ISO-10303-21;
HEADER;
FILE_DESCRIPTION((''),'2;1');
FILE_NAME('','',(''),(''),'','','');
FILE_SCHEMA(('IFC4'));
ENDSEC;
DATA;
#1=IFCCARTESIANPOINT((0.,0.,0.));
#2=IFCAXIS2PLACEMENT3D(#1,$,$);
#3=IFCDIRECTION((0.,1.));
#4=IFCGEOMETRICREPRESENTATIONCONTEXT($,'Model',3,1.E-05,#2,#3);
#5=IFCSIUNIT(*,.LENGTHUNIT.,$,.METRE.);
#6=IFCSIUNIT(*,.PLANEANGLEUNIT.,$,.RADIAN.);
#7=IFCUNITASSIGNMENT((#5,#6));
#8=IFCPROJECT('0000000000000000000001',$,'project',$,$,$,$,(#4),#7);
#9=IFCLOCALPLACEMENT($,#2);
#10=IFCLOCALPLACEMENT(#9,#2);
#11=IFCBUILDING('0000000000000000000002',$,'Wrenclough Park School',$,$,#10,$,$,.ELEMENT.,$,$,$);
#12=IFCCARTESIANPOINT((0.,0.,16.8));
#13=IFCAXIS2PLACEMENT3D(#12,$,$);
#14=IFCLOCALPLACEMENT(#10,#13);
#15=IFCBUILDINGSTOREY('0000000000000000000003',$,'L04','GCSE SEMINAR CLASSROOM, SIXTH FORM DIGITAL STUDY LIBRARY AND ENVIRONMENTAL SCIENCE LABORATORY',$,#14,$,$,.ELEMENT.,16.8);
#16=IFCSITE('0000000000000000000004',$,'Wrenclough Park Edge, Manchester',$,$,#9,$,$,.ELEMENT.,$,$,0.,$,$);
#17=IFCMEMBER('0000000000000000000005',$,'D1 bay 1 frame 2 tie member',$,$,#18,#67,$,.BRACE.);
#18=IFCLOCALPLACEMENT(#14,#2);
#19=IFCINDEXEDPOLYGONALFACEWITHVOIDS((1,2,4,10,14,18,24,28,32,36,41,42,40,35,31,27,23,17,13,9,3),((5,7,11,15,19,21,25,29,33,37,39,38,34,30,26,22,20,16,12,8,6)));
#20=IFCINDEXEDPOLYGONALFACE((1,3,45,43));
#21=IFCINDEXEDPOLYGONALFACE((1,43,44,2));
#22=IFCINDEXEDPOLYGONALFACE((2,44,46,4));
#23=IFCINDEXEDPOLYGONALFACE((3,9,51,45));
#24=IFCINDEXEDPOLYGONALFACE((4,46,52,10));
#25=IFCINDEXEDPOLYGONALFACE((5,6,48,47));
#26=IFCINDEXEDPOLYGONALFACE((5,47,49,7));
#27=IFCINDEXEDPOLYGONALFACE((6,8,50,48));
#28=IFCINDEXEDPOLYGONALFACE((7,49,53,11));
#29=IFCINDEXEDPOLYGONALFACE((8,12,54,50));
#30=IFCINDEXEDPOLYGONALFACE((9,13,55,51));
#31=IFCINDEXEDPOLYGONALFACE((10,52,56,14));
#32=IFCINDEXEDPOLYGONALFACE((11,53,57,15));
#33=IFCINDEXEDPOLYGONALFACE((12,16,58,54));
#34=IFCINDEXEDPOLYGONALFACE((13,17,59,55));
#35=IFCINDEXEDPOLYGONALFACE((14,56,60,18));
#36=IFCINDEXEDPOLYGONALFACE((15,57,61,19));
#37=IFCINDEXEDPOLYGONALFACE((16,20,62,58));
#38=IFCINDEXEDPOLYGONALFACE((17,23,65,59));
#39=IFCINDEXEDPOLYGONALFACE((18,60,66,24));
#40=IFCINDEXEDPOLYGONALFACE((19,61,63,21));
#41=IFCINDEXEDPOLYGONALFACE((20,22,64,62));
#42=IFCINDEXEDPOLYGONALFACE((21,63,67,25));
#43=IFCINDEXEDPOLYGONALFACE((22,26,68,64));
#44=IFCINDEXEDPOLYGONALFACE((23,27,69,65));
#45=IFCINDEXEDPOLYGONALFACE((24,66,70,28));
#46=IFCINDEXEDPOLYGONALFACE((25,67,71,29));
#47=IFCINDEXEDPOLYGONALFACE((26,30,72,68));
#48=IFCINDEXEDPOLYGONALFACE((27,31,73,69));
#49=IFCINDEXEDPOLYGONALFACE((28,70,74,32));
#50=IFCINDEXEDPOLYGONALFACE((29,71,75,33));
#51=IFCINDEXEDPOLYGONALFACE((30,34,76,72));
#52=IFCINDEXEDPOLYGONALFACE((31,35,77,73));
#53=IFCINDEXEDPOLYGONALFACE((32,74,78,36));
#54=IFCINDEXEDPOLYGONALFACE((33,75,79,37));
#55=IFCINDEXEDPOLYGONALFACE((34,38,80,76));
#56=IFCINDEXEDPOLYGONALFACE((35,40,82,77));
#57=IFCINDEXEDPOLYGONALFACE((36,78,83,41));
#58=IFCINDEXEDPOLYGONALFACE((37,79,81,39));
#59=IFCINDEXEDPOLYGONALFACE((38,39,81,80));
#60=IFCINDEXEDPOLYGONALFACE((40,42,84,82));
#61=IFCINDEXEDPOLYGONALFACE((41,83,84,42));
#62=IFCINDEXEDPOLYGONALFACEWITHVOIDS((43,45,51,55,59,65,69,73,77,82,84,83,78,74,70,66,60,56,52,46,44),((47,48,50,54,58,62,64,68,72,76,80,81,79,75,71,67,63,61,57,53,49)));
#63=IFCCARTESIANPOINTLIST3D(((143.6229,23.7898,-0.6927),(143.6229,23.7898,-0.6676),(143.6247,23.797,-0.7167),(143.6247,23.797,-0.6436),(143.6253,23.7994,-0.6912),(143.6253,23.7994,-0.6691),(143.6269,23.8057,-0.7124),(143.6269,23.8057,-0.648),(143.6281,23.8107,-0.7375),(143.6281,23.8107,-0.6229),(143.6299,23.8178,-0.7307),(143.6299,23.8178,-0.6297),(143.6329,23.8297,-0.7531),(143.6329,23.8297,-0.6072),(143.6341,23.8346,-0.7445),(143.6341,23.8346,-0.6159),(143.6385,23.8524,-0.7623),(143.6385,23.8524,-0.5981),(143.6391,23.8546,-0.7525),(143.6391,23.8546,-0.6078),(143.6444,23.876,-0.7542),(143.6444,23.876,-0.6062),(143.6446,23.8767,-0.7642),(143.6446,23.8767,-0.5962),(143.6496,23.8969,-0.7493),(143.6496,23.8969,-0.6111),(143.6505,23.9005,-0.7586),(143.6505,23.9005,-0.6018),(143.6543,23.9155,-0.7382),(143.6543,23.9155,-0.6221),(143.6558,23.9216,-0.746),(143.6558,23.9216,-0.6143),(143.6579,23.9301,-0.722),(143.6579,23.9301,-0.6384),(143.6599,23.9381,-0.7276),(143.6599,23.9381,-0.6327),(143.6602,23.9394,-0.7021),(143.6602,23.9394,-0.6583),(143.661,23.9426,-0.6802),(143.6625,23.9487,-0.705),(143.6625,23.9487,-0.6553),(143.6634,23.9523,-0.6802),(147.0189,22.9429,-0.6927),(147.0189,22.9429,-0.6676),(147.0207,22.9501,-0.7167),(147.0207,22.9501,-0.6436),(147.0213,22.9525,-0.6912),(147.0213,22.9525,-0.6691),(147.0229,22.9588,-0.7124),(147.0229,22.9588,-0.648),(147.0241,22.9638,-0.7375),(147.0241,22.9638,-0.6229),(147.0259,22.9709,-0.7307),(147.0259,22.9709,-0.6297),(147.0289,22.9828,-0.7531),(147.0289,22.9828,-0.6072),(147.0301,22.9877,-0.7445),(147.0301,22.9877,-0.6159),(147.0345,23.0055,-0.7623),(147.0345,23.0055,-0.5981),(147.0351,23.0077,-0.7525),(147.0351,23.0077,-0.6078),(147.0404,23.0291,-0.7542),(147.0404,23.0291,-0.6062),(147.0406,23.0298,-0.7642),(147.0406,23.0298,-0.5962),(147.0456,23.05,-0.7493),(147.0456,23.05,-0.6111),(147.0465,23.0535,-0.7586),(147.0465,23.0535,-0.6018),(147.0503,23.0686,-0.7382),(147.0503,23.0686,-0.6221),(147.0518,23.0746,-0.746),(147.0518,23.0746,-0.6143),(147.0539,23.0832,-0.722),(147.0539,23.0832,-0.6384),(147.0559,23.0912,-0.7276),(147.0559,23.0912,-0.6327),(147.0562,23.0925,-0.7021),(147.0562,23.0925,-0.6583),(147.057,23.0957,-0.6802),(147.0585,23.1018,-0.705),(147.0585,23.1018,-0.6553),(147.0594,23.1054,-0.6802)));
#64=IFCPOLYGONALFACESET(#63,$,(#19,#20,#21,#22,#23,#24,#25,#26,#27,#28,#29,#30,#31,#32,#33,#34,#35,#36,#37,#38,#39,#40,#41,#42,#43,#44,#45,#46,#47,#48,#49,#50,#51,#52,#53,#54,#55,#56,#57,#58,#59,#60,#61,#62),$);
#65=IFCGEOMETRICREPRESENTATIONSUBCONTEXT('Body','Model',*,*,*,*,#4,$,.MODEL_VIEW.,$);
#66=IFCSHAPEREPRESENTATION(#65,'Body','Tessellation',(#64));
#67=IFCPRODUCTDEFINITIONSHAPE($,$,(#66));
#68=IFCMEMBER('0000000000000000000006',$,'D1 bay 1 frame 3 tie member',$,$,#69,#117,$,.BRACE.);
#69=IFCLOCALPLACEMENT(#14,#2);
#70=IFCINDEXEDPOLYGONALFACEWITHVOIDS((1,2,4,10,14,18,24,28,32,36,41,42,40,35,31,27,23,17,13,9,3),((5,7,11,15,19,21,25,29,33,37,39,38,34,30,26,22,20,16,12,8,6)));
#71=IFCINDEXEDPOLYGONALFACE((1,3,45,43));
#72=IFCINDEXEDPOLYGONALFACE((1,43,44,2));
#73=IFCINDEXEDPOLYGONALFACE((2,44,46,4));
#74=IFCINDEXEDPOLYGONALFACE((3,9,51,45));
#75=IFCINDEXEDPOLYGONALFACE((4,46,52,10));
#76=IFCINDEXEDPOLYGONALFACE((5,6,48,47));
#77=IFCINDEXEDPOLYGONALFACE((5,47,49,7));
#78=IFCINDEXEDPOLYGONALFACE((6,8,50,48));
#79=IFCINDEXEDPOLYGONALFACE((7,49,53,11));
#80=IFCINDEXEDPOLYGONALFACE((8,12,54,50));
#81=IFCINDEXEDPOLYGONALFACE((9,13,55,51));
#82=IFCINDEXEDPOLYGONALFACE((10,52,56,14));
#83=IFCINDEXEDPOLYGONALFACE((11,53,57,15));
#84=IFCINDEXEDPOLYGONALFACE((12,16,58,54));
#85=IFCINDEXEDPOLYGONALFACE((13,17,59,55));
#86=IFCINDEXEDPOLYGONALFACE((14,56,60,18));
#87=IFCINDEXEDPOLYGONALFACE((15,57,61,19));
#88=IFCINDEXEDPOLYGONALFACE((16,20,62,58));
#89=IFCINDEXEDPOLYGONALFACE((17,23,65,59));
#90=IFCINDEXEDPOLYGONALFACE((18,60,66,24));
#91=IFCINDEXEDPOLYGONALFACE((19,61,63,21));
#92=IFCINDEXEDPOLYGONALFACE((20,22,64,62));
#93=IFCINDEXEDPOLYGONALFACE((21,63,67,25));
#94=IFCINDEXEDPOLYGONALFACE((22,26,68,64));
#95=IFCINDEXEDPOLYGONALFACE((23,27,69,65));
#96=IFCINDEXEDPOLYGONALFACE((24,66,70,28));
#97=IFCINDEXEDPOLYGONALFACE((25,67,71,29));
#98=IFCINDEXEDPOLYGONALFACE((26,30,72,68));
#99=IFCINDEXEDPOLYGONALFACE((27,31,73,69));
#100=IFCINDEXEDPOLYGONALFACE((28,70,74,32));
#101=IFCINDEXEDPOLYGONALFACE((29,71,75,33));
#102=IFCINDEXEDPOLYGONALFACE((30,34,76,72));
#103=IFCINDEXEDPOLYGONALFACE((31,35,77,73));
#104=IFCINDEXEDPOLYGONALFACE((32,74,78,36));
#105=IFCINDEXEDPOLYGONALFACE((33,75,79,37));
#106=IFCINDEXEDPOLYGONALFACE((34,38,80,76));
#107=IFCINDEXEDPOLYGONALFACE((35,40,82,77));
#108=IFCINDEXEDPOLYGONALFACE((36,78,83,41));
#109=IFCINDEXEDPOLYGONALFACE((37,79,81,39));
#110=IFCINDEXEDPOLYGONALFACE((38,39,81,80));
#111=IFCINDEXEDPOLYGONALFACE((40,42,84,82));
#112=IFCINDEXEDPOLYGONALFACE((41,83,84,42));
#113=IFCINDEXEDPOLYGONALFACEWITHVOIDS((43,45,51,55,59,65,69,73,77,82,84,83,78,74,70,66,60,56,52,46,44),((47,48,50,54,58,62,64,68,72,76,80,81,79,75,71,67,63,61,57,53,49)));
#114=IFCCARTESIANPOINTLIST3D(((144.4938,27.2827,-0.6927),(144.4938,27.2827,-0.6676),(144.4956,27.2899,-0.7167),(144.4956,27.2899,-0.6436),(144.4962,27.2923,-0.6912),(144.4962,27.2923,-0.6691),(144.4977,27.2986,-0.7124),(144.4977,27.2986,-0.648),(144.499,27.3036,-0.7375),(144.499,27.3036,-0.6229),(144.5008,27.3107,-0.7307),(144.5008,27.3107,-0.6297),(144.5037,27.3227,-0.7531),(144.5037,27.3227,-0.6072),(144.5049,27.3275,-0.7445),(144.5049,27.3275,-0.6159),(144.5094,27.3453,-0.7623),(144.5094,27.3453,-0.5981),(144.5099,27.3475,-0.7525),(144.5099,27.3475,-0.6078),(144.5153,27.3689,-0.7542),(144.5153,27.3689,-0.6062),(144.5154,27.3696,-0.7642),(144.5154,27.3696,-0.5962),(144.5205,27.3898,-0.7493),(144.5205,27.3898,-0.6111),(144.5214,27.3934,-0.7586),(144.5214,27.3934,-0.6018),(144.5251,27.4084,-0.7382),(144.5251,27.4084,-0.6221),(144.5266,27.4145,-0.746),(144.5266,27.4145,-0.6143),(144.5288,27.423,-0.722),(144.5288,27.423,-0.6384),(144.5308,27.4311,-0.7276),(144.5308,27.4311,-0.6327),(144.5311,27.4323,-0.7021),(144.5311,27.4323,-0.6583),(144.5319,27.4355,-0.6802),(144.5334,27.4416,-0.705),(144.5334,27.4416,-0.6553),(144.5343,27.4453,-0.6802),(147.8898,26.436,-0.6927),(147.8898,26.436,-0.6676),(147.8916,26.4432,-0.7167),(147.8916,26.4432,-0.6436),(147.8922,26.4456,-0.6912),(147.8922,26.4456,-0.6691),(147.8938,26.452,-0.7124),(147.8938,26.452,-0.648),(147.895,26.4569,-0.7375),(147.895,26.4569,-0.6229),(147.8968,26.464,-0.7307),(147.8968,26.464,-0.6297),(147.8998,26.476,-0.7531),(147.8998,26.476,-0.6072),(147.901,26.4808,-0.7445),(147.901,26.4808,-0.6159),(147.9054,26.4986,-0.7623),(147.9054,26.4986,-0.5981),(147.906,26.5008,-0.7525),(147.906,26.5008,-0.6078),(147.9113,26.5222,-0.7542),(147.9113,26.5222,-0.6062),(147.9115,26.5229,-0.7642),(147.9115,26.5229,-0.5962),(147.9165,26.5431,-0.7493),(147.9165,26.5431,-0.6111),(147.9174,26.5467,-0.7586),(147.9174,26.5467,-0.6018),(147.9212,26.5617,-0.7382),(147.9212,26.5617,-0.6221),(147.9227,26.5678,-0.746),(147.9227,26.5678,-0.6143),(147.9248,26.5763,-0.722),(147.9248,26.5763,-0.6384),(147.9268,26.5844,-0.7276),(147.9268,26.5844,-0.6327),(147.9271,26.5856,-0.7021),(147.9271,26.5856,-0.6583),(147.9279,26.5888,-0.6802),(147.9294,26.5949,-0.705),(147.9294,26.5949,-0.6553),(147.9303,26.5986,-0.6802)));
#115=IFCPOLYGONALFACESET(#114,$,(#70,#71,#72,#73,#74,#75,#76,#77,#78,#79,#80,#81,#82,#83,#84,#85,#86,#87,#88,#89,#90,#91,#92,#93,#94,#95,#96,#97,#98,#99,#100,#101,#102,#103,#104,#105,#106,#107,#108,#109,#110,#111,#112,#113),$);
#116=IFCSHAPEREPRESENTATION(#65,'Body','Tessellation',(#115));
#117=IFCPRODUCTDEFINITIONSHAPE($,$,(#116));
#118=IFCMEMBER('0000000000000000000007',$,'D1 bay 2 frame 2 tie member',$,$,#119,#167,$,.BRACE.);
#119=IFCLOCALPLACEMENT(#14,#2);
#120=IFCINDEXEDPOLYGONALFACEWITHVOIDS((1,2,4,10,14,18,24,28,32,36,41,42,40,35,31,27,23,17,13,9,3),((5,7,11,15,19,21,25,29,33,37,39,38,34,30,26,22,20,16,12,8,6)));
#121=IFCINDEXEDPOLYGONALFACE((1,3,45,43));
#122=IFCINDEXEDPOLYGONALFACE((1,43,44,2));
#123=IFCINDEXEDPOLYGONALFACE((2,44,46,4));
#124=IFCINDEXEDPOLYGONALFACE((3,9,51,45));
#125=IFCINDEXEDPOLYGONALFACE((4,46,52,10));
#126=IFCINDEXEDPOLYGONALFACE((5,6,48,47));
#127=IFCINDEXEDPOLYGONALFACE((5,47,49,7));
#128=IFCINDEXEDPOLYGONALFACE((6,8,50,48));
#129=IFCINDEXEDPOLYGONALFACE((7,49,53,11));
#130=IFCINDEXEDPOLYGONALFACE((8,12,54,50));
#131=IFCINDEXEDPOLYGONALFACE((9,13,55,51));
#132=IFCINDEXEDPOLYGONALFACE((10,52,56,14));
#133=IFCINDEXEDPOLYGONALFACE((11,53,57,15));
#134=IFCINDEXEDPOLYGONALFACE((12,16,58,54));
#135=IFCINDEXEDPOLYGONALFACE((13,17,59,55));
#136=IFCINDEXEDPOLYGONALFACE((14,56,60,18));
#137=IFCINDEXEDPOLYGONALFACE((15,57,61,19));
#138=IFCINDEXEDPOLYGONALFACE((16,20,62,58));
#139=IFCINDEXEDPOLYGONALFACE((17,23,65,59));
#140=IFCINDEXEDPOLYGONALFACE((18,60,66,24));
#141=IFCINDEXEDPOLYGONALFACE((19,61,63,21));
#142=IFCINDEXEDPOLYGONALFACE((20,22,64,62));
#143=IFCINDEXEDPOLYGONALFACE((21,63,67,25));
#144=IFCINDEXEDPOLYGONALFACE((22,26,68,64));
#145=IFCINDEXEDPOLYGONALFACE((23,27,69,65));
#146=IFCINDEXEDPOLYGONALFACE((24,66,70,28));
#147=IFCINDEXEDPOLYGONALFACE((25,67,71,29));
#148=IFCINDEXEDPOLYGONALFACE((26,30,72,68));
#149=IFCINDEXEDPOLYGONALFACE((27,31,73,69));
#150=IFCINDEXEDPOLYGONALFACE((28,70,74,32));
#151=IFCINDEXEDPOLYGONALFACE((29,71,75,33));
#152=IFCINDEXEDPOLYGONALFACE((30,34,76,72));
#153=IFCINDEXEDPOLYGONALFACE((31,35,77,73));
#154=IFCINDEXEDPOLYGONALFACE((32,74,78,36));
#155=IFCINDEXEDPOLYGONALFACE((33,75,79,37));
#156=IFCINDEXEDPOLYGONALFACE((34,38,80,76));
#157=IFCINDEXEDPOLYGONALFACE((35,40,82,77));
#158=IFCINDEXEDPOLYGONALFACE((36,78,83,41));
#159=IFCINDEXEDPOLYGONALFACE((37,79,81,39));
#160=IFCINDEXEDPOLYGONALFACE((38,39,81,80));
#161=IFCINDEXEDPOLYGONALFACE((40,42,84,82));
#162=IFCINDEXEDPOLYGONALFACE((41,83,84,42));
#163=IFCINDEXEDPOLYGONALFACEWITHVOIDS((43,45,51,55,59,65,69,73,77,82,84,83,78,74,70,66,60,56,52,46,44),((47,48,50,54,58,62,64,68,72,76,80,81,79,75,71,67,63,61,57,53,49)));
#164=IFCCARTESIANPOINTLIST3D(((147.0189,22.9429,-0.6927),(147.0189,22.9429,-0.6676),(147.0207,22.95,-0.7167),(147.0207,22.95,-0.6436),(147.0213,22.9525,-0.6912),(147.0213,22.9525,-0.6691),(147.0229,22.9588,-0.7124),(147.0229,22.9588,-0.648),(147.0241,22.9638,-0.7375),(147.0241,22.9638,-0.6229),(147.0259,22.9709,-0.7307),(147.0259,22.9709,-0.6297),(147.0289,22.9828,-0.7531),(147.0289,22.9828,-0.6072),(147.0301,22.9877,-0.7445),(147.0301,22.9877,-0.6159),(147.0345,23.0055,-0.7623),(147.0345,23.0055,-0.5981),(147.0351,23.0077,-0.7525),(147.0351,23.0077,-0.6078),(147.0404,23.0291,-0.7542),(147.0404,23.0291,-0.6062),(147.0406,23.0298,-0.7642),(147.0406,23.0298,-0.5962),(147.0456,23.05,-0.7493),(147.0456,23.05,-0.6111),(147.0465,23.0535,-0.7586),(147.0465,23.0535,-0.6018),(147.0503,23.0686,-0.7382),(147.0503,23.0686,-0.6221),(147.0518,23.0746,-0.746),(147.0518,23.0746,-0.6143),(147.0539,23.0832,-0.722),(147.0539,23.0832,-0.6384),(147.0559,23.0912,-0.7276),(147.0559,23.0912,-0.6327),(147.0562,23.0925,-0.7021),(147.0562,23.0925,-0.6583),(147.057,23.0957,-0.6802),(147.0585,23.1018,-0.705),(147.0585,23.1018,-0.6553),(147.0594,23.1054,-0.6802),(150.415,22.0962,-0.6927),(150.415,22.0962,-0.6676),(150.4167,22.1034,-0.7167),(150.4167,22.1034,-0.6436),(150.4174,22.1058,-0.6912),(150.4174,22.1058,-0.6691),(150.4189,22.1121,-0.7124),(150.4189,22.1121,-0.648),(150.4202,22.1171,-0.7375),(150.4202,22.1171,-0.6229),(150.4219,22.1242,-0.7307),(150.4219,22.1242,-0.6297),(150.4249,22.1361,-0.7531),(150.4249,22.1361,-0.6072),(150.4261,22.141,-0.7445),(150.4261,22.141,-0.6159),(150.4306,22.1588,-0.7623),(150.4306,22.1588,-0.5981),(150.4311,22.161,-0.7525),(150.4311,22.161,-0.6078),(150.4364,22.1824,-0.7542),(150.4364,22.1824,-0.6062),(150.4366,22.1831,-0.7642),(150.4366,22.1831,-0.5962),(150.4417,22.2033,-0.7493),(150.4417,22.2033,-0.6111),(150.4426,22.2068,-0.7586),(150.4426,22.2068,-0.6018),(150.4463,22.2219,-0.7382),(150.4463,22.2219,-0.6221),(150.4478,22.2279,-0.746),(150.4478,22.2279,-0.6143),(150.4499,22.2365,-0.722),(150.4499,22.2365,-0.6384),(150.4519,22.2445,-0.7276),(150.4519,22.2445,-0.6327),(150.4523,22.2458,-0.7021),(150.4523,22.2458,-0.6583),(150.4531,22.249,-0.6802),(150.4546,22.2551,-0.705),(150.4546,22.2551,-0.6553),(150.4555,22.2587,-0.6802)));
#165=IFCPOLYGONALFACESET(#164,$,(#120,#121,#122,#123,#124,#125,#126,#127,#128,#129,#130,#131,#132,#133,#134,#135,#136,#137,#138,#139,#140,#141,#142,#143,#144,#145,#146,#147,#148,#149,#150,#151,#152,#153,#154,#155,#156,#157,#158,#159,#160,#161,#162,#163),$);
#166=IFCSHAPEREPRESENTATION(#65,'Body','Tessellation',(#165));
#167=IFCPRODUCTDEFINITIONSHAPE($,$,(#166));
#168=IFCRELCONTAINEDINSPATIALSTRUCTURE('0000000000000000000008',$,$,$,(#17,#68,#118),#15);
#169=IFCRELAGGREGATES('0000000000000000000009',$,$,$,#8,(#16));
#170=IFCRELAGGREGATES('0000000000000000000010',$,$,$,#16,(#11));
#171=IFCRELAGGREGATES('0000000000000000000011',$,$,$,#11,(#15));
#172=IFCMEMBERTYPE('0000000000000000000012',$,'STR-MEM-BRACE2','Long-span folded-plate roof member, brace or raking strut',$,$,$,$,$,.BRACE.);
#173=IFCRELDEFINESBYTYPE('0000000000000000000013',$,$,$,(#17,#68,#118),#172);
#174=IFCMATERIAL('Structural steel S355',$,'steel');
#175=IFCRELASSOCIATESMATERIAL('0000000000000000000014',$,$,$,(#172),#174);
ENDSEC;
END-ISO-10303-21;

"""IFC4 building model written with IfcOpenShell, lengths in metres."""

from ifc_helpers import new_model, si_unit, direction, frame, origin, origin_2d, place, context, subcontext, project, spatial, hollow_circle, extrude, material, material_profile, profile_set, type_object, element, save


model = new_model("IFC4")

# Units and contexts
model_context = context("Model", 3, precision=1e-05, world=origin(), true_north=direction((0.0, 1.0)))
body_context = subcontext(model_context, "Body", "Model", "MODEL_VIEW")
ifc_project = project(units=[si_unit("LENGTHUNIT", "METRE"), si_unit("PLANEANGLEUNIT", "RADIAN")], contexts=[model_context])

# Site, building, storey
site_placement = place(None, origin())
site = spatial("IfcSite", under=ifc_project, at=site_placement, Name="Wrenclough Park Edge, Manchester", CompositionType="ELEMENT", RefElevation=0.0)
building_placement = place(site_placement, origin())
building = spatial("IfcBuilding", under=site, at=building_placement, Name="Wrenclough Park School", CompositionType="ELEMENT")
storey_placement = place(building_placement, frame((0.0, 0.0, 16.8)))
storey = spatial("IfcBuildingStorey", under=building, at=storey_placement, Name="L04", Description="GCSE SEMINAR CLASSROOM, SIXTH FORM DIGITAL STUDY LIBRARY AND ENVIRONMENTAL SCIENCE LABORATORY", CompositionType="ELEMENT", Elevation=16.8)

# Shared definitions
ifc_material_1 = material(Name="Structural steel S355", Category="steel")

# Members
ifc_material_profile_1 = material_profile(ifc_material_1, hollow_circle(Radius=0.0842, WallThickness=0.01, at=origin_2d()), Name="CHS 168.3x10.0")
ifc_profile_set_1 = profile_set([ifc_material_profile_1], Name="Structural steel S355")
member_type_1 = type_object("IfcMemberType", Name="STR-MEM-BRACE2", Description="Long-span folded-plate roof member, brace or raking strut", PredefinedType="BRACE", material=ifc_profile_set_1)
for number, where, z_axis, x_axis, name in (
    (1, (143.6431, 23.8706, -0.6802), (0.970282, -0.241978, 0.0), (0.241978, 0.970282, 0.0), "D1 bay 1 frame 2 tie member"),
    (2, (144.5139, 27.3635, -0.6802), (0.970298, -0.241912, 0.0), (0.241912, 0.970298, 0.0), "D1 bay 1 frame 3 tie member"),
    (3, (147.0391, 23.0237, -0.6802), (0.970298, -0.241912, 0.0), (0.241912, 0.970298, 0.0), "D1 bay 2 frame 2 tie member"),
):
    element("IfcMember", number, at=place(storey_placement, frame(where, z_axis=z_axis, x_axis=x_axis)), inside=storey, type_object=member_type_1, Name=name, PredefinedType="BRACE", context=body_context, shape_type="SweptSolid", body=[
        extrude(hollow_circle(Radius=0.0842, WallThickness=0.01, at=origin_2d()), origin(), (0.0, 0.0, 1.0), 3.5),
    ])

save(model, "model.ifc")
